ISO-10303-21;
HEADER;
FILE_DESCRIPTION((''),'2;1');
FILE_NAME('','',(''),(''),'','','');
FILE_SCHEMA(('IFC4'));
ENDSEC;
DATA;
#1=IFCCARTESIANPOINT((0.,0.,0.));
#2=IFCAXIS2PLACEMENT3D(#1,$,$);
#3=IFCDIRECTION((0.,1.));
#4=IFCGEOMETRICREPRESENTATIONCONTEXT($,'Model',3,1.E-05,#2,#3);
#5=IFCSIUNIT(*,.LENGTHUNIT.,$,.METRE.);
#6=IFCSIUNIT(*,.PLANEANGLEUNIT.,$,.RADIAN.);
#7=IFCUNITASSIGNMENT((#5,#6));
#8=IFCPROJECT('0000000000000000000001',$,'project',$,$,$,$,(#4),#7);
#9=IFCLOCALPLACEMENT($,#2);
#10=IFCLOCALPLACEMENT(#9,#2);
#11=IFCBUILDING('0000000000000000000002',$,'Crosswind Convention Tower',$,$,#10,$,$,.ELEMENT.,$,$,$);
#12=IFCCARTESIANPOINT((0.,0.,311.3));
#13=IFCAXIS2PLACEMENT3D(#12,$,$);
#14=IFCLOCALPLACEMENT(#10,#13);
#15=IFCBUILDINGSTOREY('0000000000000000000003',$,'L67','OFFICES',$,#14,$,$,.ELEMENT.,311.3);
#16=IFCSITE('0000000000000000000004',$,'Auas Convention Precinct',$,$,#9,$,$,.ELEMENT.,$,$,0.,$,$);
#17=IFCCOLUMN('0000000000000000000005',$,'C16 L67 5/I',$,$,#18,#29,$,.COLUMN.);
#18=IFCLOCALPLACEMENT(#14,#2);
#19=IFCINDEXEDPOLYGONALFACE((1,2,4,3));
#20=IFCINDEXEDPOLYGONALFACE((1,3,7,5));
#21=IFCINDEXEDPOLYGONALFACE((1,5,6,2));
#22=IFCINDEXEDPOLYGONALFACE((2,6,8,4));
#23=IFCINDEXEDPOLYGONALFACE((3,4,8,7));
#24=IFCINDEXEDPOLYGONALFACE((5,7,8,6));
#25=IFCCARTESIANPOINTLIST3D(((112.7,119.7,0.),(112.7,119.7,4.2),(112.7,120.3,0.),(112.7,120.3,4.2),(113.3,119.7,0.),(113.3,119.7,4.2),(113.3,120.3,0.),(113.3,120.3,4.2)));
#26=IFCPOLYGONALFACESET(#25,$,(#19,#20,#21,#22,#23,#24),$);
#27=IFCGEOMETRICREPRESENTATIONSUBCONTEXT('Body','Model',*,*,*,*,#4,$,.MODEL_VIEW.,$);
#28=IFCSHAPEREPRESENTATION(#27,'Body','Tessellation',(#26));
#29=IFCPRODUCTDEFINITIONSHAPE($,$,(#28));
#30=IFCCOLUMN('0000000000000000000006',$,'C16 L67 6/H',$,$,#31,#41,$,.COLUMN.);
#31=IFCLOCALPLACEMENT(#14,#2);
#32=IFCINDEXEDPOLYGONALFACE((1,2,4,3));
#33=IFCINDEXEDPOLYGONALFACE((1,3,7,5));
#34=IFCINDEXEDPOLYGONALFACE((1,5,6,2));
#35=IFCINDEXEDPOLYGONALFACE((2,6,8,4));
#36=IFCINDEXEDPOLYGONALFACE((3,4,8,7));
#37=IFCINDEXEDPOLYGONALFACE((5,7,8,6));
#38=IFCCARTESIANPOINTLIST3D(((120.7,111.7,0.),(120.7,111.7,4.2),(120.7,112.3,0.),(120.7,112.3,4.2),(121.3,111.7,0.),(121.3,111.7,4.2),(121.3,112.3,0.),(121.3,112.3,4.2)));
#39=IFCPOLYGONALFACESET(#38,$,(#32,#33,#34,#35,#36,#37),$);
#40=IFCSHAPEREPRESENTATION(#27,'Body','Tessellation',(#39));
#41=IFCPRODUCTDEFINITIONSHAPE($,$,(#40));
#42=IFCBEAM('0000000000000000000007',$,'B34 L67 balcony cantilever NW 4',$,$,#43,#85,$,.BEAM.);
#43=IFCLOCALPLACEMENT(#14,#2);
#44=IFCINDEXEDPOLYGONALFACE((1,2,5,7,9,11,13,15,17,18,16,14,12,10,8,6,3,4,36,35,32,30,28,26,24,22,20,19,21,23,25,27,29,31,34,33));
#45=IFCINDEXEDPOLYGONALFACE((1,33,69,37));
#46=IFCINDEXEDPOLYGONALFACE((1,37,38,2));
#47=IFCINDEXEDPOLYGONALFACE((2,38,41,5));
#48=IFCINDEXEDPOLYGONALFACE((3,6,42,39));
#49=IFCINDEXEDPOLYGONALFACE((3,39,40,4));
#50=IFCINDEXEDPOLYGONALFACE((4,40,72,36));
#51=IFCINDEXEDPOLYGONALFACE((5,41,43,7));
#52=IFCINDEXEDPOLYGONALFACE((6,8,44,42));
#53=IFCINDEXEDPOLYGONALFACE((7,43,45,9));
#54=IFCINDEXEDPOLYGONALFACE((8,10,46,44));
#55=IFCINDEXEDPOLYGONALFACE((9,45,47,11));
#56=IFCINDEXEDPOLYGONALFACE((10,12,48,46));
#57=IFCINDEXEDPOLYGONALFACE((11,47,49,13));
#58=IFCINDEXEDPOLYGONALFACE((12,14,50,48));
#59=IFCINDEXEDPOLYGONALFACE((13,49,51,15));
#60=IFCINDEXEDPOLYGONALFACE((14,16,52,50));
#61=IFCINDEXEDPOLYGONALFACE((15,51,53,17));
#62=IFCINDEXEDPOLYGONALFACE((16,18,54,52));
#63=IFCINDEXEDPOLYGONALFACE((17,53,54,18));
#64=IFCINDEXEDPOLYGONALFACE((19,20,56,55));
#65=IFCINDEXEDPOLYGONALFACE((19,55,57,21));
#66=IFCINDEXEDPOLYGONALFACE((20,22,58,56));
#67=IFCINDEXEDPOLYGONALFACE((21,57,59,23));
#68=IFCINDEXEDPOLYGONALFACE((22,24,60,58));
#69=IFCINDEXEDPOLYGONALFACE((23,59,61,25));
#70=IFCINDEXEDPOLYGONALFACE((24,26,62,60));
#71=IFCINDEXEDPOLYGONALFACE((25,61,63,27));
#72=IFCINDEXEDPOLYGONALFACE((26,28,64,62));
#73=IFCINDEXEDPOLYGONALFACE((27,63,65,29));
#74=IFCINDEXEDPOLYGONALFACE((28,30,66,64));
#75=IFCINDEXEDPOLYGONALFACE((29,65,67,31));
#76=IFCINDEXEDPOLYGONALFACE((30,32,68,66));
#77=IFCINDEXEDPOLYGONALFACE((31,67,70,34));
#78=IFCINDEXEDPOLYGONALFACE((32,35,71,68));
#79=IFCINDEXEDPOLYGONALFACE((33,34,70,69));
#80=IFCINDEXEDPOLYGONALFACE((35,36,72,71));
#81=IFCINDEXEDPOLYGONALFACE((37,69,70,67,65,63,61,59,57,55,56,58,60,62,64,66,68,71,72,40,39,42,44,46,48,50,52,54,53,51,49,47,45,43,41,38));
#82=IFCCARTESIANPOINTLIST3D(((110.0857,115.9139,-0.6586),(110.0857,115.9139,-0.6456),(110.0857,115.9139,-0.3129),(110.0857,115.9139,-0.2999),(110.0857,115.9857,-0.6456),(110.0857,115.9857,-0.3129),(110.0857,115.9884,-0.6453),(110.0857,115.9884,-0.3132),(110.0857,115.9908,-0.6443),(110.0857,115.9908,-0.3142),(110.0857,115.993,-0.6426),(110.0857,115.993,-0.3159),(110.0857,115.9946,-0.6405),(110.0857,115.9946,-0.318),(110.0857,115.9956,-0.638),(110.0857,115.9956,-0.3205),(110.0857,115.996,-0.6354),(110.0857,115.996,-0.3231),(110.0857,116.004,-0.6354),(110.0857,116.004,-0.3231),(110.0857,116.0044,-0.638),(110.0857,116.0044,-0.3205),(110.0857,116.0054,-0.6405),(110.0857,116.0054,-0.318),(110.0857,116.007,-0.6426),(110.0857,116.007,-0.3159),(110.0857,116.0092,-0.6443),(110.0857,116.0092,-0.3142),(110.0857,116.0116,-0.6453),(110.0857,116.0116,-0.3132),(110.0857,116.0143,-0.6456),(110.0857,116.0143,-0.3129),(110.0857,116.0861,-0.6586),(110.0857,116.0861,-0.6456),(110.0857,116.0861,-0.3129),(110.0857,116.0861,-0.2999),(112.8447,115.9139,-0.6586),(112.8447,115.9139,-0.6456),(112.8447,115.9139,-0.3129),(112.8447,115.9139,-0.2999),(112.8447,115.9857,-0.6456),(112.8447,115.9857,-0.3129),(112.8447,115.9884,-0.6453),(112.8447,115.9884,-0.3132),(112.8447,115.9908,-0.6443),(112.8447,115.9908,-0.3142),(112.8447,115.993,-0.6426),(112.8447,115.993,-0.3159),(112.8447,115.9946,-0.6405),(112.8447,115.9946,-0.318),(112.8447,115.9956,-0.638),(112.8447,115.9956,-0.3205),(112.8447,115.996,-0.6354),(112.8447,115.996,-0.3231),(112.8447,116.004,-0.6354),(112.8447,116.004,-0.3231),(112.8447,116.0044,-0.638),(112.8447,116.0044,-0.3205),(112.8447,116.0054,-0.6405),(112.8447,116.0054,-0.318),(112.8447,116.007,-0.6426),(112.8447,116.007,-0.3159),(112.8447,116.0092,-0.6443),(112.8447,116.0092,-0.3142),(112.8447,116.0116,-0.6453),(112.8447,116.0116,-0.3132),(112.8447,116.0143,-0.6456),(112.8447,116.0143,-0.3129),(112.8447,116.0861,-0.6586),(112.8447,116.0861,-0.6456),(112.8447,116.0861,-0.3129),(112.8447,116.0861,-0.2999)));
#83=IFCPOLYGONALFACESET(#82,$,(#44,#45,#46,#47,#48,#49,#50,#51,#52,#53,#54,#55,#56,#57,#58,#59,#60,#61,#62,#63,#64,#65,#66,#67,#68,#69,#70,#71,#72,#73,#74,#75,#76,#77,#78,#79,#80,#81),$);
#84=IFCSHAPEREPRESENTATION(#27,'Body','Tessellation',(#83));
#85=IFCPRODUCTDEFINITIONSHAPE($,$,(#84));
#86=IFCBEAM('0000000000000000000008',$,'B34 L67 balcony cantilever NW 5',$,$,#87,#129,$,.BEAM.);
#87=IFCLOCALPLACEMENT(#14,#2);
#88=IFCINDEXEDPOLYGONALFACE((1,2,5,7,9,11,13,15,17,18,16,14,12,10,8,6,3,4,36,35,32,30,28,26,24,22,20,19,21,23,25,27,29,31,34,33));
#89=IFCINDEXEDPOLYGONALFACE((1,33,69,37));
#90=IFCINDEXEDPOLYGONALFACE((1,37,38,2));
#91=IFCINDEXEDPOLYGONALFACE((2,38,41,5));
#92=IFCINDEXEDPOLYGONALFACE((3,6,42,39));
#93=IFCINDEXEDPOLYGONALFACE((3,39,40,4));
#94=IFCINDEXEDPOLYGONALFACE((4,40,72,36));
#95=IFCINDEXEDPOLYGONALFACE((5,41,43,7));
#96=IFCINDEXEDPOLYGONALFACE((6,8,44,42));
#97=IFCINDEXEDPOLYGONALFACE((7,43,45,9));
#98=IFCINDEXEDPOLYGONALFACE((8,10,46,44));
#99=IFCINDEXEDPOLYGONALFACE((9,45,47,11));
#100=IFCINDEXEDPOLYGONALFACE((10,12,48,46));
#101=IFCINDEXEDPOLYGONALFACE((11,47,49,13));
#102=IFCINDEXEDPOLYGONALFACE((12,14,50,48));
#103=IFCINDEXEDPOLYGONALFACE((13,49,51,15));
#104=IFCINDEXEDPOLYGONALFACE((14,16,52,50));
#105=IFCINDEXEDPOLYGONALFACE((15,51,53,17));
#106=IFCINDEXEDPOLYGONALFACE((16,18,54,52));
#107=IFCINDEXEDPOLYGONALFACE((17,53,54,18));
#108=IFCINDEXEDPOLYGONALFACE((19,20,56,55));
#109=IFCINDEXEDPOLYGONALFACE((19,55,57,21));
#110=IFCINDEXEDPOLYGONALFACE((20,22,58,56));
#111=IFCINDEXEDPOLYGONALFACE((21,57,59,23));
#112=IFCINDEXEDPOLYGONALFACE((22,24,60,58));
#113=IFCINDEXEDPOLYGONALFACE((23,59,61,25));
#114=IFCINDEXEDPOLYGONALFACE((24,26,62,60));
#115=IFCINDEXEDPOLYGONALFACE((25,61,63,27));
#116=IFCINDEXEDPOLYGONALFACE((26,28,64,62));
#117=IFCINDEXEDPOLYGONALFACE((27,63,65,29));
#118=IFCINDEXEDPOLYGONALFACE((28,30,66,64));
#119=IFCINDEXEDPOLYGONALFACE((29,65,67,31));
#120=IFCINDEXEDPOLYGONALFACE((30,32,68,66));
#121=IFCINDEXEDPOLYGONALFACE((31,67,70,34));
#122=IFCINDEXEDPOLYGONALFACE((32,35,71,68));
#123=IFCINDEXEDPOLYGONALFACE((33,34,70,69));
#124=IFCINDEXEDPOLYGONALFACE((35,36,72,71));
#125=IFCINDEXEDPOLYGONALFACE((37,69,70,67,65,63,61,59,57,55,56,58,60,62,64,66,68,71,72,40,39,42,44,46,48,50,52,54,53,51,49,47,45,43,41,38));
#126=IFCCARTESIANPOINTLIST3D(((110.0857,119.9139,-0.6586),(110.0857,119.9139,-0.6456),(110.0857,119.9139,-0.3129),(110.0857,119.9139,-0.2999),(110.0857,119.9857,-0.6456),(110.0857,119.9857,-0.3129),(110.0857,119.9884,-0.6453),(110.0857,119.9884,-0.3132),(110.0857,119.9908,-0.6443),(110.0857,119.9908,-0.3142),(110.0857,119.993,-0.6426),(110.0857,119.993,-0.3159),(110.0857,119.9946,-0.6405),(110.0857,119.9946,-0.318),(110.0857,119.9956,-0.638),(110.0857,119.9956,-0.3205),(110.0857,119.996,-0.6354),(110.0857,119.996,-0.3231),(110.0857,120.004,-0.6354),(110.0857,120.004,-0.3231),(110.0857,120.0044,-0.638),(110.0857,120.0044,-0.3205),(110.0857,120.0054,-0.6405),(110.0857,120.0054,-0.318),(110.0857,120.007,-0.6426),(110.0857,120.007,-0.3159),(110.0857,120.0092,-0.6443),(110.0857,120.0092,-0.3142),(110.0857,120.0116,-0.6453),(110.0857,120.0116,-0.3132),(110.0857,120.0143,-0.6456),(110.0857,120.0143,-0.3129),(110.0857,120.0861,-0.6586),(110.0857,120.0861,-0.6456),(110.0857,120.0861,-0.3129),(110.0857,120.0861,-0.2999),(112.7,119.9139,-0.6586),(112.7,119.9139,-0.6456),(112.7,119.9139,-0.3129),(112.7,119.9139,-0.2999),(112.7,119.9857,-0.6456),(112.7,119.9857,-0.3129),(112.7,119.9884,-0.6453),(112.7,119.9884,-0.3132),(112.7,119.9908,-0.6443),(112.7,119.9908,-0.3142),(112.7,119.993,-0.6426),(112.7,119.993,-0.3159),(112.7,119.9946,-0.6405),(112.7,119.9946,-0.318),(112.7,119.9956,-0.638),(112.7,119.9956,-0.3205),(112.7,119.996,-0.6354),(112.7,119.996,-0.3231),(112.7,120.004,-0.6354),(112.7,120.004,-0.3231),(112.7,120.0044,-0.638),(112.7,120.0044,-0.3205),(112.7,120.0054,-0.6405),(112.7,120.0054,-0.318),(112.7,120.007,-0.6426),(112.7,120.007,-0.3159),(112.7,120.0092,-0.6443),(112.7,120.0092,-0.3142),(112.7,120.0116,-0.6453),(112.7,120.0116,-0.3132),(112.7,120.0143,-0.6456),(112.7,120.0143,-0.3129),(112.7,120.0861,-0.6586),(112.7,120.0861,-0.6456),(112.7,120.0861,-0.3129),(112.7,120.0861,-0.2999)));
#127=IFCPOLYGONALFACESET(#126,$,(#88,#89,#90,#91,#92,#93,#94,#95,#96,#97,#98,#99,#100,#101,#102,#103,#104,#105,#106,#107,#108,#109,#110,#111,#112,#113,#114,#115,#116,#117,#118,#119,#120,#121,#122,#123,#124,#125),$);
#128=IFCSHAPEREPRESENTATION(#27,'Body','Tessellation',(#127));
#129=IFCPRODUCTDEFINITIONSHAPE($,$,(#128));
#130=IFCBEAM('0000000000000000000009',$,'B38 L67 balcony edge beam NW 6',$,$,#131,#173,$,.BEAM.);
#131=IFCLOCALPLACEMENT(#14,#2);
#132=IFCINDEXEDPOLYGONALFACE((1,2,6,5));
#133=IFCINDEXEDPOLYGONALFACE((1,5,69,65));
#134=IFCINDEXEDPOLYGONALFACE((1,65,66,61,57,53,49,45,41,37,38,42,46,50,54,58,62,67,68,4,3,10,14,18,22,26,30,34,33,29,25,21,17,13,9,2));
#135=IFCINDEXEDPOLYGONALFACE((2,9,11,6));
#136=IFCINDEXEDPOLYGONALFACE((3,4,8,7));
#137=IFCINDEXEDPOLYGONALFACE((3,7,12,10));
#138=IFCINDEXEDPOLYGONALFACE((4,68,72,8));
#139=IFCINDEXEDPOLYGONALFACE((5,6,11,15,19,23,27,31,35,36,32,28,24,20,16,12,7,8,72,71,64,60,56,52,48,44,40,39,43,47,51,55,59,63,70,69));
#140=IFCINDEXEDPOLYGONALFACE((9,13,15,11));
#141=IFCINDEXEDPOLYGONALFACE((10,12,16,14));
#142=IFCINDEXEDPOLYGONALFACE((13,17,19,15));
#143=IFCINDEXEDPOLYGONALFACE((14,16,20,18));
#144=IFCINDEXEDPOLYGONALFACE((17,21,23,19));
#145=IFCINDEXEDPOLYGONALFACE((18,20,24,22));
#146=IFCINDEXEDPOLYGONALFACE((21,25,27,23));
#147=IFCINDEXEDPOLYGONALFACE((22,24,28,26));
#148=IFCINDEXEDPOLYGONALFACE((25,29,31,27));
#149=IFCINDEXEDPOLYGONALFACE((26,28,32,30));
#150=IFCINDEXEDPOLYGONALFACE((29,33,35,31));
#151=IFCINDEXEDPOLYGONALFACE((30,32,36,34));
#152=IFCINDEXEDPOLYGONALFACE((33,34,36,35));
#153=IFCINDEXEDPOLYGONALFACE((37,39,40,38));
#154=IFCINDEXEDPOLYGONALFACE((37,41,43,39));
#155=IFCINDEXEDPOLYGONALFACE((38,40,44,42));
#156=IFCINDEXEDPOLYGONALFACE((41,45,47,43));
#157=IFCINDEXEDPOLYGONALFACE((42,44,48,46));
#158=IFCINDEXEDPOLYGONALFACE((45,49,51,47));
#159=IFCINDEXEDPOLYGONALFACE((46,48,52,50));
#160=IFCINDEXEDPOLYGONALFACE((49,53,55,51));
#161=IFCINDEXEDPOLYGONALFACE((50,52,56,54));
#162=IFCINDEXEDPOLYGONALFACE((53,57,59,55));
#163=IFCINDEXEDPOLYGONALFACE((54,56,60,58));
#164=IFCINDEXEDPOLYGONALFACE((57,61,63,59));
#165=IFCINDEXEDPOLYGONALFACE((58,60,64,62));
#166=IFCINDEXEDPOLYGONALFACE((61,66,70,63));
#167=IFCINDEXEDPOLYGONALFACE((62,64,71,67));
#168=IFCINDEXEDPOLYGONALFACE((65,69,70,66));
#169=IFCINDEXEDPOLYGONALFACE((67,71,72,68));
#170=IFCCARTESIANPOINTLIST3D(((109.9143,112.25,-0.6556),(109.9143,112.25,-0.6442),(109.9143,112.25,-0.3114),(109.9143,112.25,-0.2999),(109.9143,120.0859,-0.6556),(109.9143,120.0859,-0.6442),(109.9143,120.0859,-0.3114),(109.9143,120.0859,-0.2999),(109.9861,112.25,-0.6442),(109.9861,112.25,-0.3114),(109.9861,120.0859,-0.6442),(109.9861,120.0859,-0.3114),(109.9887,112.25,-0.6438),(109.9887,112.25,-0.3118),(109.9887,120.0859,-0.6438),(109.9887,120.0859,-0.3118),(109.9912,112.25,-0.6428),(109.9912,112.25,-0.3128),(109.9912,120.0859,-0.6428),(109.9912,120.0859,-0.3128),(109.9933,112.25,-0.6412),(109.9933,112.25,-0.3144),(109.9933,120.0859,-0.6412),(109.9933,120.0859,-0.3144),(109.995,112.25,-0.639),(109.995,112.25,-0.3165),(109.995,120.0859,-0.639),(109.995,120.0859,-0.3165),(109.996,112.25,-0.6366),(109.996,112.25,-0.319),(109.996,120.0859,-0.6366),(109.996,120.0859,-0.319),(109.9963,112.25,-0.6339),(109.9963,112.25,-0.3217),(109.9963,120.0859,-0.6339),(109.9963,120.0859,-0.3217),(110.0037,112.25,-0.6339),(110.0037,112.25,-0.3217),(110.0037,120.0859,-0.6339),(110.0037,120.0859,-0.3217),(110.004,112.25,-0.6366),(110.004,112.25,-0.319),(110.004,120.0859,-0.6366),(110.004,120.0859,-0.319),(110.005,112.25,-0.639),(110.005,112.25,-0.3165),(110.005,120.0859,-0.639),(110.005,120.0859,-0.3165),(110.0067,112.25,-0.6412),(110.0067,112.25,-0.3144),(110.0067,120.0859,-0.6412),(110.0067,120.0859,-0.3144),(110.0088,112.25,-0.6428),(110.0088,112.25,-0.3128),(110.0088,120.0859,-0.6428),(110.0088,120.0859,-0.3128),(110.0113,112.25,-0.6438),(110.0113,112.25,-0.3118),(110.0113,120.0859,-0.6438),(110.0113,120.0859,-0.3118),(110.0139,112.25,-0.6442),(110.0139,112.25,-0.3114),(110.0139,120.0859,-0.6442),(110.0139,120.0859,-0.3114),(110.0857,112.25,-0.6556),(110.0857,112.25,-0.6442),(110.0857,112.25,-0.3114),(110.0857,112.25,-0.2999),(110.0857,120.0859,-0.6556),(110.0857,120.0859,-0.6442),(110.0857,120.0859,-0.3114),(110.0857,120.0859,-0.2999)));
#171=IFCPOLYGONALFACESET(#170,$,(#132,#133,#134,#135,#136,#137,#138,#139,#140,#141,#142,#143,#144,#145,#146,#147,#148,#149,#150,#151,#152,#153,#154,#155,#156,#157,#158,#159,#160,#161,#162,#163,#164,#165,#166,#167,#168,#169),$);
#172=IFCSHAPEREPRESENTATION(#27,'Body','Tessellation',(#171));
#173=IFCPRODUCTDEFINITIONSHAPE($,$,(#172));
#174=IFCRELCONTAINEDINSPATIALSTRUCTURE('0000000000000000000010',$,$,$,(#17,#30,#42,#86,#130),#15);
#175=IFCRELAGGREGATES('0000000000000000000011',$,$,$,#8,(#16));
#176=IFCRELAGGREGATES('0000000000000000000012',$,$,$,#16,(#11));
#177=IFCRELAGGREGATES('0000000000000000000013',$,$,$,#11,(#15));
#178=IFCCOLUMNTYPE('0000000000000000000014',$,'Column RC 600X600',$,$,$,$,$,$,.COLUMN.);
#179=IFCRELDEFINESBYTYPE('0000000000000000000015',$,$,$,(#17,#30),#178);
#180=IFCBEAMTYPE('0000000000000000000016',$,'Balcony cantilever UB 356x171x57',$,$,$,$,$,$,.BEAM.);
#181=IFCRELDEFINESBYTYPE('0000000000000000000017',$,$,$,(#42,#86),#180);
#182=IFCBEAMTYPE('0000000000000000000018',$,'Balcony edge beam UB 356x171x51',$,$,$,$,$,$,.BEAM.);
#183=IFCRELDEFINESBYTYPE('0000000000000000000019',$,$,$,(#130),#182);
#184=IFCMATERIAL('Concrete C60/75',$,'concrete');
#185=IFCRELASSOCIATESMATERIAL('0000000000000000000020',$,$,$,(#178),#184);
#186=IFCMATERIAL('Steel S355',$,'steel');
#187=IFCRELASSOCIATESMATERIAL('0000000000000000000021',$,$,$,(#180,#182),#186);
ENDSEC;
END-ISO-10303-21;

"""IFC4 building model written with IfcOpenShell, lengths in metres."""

from ifc_helpers import new_model, si_unit, direction, frame, origin, origin_2d, place, context, subcontext, project, spatial, rectangle, i_section, extrude, material, material_profile, profile_set, type_object, element, save


model = new_model("IFC4")

# Units and contexts
model_context = context("Model", 3, precision=1e-05, world=origin(), true_north=direction((0.0, 1.0)))
body_context = subcontext(model_context, "Body", "Model", "MODEL_VIEW")
ifc_project = project(units=[si_unit("LENGTHUNIT", "METRE"), si_unit("PLANEANGLEUNIT", "RADIAN")], contexts=[model_context])

# Site, building, storey
site_placement = place(None, origin())
site = spatial("IfcSite", under=ifc_project, at=site_placement, Name="Auas Convention Precinct", CompositionType="ELEMENT", RefElevation=0.0)
building_placement = place(site_placement, origin())
building = spatial("IfcBuilding", under=site, at=building_placement, Name="Crosswind Convention Tower", CompositionType="ELEMENT")
storey_placement = place(building_placement, frame((0.0, 0.0, 311.3)))
storey = spatial("IfcBuildingStorey", under=building, at=storey_placement, Name="L67", Description="OFFICES", CompositionType="ELEMENT", Elevation=311.3)

# Columns
ifc_material_1 = material(Name="Concrete C60/75", Category="concrete")
ifc_material_profile_1 = material_profile(ifc_material_1, rectangle(XDim=0.6001, YDim=0.6001, at=origin_2d()), Name="RC 600X600")
ifc_profile_set_1 = profile_set([ifc_material_profile_1], Name="Concrete C60/75")
column_type = type_object("IfcColumnType", Name="Column RC 600X600", PredefinedType="COLUMN", material=ifc_profile_set_1)
for number, where, z_axis, x_axis, name in (
    (1, (113.0, 120.0, 0.0), (0.0, 0.0, 1.0), (1.0, 0.0, 0.0), "C16 L67 5/I"),
    (2, (121.0, 112.0, 0.0), (0.0, 0.0, 1.0), (1.0, 0.0, 0.0), "C16 L67 6/H"),
):
    element("IfcColumn", number, at=place(storey_placement, frame(where, z_axis=z_axis, x_axis=x_axis)), inside=storey, type_object=column_type, Name=name, PredefinedType="COLUMN", context=body_context, shape_type="SweptSolid", body=[
        extrude(rectangle(XDim=0.6001, YDim=0.6001, at=origin_2d()), origin(), (0.0, 0.0, 1.0), 4.2),
    ])

# Beams
ifc_material_2 = material(Name="Steel S355", Category="steel")
ifc_material_profile_2 = material_profile(ifc_material_2, i_section(OverallWidth=0.1721, OverallDepth=0.3586, WebThickness=0.0081, FlangeThickness=0.0129, FilletRadius=0.0103, at=origin_2d()), Name="UB 356x171x57")
ifc_profile_set_2 = profile_set([ifc_material_profile_2], Name="Steel S355")
beam_type_1 = type_object("IfcBeamType", Name="Balcony cantilever UB 356x171x57", PredefinedType="BEAM", material=ifc_profile_set_2)
beam_1_placement = place(storey_placement, frame((112.8447, 116.0, -0.4792), z_axis=(-1.0, 0.0, 0.0), x_axis=(0.0, -1.0, 0.0)))
element("IfcBeam", 3, at=beam_1_placement, inside=storey, type_object=beam_type_1, Name="B34 L67 balcony cantilever NW 4", PredefinedType="BEAM", context=body_context, shape_type="SweptSolid", body=[
    extrude(i_section(OverallWidth=0.1721, OverallDepth=0.3586, WebThickness=0.0081, FlangeThickness=0.0129, FilletRadius=0.0103, at=origin_2d()), origin(), (0.0, 0.0, 1.0), 2.759),
])
beam_2_placement = place(storey_placement, frame((112.7, 120.0, -0.4792), z_axis=(-1.0, 0.0, 0.0), x_axis=(0.0, -1.0, 0.0)))
element("IfcBeam", 4, at=beam_2_placement, inside=storey, type_object=beam_type_1, Name="B34 L67 balcony cantilever NW 5", PredefinedType="BEAM", context=body_context, shape_type="SweptSolid", body=[
    extrude(i_section(OverallWidth=0.1721, OverallDepth=0.3586, WebThickness=0.0081, FlangeThickness=0.0129, FilletRadius=0.0103, at=origin_2d()), origin(), (0.0, 0.0, 1.0), 2.6143),
])
ifc_material_profile_3 = material_profile(ifc_material_2, i_section(OverallWidth=0.1714, OverallDepth=0.3557, WebThickness=0.0073, FlangeThickness=0.0115, FilletRadius=0.0103, at=origin_2d()), Name="UB 356x171x51")
ifc_profile_set_3 = profile_set([ifc_material_profile_3], Name="Steel S355")
beam_type_2 = type_object("IfcBeamType", Name="Balcony edge beam UB 356x171x51", PredefinedType="BEAM", material=ifc_profile_set_3)
beam_3_placement = place(storey_placement, frame((110.0, 112.25, -0.4778), z_axis=(0.0, 1.0, 0.0), x_axis=(-1.0, 0.0, 0.0)))
element("IfcBeam", 5, at=beam_3_placement, inside=storey, type_object=beam_type_2, Name="B38 L67 balcony edge beam NW 6", PredefinedType="BEAM", context=body_context, shape_type="SweptSolid", body=[
    extrude(i_section(OverallWidth=0.1714, OverallDepth=0.3557, WebThickness=0.0073, FlangeThickness=0.0115, FilletRadius=0.0103, at=origin_2d()), origin(), (0.0, 0.0, 1.0), 7.8359),
])

save(model, "model.ifc")
